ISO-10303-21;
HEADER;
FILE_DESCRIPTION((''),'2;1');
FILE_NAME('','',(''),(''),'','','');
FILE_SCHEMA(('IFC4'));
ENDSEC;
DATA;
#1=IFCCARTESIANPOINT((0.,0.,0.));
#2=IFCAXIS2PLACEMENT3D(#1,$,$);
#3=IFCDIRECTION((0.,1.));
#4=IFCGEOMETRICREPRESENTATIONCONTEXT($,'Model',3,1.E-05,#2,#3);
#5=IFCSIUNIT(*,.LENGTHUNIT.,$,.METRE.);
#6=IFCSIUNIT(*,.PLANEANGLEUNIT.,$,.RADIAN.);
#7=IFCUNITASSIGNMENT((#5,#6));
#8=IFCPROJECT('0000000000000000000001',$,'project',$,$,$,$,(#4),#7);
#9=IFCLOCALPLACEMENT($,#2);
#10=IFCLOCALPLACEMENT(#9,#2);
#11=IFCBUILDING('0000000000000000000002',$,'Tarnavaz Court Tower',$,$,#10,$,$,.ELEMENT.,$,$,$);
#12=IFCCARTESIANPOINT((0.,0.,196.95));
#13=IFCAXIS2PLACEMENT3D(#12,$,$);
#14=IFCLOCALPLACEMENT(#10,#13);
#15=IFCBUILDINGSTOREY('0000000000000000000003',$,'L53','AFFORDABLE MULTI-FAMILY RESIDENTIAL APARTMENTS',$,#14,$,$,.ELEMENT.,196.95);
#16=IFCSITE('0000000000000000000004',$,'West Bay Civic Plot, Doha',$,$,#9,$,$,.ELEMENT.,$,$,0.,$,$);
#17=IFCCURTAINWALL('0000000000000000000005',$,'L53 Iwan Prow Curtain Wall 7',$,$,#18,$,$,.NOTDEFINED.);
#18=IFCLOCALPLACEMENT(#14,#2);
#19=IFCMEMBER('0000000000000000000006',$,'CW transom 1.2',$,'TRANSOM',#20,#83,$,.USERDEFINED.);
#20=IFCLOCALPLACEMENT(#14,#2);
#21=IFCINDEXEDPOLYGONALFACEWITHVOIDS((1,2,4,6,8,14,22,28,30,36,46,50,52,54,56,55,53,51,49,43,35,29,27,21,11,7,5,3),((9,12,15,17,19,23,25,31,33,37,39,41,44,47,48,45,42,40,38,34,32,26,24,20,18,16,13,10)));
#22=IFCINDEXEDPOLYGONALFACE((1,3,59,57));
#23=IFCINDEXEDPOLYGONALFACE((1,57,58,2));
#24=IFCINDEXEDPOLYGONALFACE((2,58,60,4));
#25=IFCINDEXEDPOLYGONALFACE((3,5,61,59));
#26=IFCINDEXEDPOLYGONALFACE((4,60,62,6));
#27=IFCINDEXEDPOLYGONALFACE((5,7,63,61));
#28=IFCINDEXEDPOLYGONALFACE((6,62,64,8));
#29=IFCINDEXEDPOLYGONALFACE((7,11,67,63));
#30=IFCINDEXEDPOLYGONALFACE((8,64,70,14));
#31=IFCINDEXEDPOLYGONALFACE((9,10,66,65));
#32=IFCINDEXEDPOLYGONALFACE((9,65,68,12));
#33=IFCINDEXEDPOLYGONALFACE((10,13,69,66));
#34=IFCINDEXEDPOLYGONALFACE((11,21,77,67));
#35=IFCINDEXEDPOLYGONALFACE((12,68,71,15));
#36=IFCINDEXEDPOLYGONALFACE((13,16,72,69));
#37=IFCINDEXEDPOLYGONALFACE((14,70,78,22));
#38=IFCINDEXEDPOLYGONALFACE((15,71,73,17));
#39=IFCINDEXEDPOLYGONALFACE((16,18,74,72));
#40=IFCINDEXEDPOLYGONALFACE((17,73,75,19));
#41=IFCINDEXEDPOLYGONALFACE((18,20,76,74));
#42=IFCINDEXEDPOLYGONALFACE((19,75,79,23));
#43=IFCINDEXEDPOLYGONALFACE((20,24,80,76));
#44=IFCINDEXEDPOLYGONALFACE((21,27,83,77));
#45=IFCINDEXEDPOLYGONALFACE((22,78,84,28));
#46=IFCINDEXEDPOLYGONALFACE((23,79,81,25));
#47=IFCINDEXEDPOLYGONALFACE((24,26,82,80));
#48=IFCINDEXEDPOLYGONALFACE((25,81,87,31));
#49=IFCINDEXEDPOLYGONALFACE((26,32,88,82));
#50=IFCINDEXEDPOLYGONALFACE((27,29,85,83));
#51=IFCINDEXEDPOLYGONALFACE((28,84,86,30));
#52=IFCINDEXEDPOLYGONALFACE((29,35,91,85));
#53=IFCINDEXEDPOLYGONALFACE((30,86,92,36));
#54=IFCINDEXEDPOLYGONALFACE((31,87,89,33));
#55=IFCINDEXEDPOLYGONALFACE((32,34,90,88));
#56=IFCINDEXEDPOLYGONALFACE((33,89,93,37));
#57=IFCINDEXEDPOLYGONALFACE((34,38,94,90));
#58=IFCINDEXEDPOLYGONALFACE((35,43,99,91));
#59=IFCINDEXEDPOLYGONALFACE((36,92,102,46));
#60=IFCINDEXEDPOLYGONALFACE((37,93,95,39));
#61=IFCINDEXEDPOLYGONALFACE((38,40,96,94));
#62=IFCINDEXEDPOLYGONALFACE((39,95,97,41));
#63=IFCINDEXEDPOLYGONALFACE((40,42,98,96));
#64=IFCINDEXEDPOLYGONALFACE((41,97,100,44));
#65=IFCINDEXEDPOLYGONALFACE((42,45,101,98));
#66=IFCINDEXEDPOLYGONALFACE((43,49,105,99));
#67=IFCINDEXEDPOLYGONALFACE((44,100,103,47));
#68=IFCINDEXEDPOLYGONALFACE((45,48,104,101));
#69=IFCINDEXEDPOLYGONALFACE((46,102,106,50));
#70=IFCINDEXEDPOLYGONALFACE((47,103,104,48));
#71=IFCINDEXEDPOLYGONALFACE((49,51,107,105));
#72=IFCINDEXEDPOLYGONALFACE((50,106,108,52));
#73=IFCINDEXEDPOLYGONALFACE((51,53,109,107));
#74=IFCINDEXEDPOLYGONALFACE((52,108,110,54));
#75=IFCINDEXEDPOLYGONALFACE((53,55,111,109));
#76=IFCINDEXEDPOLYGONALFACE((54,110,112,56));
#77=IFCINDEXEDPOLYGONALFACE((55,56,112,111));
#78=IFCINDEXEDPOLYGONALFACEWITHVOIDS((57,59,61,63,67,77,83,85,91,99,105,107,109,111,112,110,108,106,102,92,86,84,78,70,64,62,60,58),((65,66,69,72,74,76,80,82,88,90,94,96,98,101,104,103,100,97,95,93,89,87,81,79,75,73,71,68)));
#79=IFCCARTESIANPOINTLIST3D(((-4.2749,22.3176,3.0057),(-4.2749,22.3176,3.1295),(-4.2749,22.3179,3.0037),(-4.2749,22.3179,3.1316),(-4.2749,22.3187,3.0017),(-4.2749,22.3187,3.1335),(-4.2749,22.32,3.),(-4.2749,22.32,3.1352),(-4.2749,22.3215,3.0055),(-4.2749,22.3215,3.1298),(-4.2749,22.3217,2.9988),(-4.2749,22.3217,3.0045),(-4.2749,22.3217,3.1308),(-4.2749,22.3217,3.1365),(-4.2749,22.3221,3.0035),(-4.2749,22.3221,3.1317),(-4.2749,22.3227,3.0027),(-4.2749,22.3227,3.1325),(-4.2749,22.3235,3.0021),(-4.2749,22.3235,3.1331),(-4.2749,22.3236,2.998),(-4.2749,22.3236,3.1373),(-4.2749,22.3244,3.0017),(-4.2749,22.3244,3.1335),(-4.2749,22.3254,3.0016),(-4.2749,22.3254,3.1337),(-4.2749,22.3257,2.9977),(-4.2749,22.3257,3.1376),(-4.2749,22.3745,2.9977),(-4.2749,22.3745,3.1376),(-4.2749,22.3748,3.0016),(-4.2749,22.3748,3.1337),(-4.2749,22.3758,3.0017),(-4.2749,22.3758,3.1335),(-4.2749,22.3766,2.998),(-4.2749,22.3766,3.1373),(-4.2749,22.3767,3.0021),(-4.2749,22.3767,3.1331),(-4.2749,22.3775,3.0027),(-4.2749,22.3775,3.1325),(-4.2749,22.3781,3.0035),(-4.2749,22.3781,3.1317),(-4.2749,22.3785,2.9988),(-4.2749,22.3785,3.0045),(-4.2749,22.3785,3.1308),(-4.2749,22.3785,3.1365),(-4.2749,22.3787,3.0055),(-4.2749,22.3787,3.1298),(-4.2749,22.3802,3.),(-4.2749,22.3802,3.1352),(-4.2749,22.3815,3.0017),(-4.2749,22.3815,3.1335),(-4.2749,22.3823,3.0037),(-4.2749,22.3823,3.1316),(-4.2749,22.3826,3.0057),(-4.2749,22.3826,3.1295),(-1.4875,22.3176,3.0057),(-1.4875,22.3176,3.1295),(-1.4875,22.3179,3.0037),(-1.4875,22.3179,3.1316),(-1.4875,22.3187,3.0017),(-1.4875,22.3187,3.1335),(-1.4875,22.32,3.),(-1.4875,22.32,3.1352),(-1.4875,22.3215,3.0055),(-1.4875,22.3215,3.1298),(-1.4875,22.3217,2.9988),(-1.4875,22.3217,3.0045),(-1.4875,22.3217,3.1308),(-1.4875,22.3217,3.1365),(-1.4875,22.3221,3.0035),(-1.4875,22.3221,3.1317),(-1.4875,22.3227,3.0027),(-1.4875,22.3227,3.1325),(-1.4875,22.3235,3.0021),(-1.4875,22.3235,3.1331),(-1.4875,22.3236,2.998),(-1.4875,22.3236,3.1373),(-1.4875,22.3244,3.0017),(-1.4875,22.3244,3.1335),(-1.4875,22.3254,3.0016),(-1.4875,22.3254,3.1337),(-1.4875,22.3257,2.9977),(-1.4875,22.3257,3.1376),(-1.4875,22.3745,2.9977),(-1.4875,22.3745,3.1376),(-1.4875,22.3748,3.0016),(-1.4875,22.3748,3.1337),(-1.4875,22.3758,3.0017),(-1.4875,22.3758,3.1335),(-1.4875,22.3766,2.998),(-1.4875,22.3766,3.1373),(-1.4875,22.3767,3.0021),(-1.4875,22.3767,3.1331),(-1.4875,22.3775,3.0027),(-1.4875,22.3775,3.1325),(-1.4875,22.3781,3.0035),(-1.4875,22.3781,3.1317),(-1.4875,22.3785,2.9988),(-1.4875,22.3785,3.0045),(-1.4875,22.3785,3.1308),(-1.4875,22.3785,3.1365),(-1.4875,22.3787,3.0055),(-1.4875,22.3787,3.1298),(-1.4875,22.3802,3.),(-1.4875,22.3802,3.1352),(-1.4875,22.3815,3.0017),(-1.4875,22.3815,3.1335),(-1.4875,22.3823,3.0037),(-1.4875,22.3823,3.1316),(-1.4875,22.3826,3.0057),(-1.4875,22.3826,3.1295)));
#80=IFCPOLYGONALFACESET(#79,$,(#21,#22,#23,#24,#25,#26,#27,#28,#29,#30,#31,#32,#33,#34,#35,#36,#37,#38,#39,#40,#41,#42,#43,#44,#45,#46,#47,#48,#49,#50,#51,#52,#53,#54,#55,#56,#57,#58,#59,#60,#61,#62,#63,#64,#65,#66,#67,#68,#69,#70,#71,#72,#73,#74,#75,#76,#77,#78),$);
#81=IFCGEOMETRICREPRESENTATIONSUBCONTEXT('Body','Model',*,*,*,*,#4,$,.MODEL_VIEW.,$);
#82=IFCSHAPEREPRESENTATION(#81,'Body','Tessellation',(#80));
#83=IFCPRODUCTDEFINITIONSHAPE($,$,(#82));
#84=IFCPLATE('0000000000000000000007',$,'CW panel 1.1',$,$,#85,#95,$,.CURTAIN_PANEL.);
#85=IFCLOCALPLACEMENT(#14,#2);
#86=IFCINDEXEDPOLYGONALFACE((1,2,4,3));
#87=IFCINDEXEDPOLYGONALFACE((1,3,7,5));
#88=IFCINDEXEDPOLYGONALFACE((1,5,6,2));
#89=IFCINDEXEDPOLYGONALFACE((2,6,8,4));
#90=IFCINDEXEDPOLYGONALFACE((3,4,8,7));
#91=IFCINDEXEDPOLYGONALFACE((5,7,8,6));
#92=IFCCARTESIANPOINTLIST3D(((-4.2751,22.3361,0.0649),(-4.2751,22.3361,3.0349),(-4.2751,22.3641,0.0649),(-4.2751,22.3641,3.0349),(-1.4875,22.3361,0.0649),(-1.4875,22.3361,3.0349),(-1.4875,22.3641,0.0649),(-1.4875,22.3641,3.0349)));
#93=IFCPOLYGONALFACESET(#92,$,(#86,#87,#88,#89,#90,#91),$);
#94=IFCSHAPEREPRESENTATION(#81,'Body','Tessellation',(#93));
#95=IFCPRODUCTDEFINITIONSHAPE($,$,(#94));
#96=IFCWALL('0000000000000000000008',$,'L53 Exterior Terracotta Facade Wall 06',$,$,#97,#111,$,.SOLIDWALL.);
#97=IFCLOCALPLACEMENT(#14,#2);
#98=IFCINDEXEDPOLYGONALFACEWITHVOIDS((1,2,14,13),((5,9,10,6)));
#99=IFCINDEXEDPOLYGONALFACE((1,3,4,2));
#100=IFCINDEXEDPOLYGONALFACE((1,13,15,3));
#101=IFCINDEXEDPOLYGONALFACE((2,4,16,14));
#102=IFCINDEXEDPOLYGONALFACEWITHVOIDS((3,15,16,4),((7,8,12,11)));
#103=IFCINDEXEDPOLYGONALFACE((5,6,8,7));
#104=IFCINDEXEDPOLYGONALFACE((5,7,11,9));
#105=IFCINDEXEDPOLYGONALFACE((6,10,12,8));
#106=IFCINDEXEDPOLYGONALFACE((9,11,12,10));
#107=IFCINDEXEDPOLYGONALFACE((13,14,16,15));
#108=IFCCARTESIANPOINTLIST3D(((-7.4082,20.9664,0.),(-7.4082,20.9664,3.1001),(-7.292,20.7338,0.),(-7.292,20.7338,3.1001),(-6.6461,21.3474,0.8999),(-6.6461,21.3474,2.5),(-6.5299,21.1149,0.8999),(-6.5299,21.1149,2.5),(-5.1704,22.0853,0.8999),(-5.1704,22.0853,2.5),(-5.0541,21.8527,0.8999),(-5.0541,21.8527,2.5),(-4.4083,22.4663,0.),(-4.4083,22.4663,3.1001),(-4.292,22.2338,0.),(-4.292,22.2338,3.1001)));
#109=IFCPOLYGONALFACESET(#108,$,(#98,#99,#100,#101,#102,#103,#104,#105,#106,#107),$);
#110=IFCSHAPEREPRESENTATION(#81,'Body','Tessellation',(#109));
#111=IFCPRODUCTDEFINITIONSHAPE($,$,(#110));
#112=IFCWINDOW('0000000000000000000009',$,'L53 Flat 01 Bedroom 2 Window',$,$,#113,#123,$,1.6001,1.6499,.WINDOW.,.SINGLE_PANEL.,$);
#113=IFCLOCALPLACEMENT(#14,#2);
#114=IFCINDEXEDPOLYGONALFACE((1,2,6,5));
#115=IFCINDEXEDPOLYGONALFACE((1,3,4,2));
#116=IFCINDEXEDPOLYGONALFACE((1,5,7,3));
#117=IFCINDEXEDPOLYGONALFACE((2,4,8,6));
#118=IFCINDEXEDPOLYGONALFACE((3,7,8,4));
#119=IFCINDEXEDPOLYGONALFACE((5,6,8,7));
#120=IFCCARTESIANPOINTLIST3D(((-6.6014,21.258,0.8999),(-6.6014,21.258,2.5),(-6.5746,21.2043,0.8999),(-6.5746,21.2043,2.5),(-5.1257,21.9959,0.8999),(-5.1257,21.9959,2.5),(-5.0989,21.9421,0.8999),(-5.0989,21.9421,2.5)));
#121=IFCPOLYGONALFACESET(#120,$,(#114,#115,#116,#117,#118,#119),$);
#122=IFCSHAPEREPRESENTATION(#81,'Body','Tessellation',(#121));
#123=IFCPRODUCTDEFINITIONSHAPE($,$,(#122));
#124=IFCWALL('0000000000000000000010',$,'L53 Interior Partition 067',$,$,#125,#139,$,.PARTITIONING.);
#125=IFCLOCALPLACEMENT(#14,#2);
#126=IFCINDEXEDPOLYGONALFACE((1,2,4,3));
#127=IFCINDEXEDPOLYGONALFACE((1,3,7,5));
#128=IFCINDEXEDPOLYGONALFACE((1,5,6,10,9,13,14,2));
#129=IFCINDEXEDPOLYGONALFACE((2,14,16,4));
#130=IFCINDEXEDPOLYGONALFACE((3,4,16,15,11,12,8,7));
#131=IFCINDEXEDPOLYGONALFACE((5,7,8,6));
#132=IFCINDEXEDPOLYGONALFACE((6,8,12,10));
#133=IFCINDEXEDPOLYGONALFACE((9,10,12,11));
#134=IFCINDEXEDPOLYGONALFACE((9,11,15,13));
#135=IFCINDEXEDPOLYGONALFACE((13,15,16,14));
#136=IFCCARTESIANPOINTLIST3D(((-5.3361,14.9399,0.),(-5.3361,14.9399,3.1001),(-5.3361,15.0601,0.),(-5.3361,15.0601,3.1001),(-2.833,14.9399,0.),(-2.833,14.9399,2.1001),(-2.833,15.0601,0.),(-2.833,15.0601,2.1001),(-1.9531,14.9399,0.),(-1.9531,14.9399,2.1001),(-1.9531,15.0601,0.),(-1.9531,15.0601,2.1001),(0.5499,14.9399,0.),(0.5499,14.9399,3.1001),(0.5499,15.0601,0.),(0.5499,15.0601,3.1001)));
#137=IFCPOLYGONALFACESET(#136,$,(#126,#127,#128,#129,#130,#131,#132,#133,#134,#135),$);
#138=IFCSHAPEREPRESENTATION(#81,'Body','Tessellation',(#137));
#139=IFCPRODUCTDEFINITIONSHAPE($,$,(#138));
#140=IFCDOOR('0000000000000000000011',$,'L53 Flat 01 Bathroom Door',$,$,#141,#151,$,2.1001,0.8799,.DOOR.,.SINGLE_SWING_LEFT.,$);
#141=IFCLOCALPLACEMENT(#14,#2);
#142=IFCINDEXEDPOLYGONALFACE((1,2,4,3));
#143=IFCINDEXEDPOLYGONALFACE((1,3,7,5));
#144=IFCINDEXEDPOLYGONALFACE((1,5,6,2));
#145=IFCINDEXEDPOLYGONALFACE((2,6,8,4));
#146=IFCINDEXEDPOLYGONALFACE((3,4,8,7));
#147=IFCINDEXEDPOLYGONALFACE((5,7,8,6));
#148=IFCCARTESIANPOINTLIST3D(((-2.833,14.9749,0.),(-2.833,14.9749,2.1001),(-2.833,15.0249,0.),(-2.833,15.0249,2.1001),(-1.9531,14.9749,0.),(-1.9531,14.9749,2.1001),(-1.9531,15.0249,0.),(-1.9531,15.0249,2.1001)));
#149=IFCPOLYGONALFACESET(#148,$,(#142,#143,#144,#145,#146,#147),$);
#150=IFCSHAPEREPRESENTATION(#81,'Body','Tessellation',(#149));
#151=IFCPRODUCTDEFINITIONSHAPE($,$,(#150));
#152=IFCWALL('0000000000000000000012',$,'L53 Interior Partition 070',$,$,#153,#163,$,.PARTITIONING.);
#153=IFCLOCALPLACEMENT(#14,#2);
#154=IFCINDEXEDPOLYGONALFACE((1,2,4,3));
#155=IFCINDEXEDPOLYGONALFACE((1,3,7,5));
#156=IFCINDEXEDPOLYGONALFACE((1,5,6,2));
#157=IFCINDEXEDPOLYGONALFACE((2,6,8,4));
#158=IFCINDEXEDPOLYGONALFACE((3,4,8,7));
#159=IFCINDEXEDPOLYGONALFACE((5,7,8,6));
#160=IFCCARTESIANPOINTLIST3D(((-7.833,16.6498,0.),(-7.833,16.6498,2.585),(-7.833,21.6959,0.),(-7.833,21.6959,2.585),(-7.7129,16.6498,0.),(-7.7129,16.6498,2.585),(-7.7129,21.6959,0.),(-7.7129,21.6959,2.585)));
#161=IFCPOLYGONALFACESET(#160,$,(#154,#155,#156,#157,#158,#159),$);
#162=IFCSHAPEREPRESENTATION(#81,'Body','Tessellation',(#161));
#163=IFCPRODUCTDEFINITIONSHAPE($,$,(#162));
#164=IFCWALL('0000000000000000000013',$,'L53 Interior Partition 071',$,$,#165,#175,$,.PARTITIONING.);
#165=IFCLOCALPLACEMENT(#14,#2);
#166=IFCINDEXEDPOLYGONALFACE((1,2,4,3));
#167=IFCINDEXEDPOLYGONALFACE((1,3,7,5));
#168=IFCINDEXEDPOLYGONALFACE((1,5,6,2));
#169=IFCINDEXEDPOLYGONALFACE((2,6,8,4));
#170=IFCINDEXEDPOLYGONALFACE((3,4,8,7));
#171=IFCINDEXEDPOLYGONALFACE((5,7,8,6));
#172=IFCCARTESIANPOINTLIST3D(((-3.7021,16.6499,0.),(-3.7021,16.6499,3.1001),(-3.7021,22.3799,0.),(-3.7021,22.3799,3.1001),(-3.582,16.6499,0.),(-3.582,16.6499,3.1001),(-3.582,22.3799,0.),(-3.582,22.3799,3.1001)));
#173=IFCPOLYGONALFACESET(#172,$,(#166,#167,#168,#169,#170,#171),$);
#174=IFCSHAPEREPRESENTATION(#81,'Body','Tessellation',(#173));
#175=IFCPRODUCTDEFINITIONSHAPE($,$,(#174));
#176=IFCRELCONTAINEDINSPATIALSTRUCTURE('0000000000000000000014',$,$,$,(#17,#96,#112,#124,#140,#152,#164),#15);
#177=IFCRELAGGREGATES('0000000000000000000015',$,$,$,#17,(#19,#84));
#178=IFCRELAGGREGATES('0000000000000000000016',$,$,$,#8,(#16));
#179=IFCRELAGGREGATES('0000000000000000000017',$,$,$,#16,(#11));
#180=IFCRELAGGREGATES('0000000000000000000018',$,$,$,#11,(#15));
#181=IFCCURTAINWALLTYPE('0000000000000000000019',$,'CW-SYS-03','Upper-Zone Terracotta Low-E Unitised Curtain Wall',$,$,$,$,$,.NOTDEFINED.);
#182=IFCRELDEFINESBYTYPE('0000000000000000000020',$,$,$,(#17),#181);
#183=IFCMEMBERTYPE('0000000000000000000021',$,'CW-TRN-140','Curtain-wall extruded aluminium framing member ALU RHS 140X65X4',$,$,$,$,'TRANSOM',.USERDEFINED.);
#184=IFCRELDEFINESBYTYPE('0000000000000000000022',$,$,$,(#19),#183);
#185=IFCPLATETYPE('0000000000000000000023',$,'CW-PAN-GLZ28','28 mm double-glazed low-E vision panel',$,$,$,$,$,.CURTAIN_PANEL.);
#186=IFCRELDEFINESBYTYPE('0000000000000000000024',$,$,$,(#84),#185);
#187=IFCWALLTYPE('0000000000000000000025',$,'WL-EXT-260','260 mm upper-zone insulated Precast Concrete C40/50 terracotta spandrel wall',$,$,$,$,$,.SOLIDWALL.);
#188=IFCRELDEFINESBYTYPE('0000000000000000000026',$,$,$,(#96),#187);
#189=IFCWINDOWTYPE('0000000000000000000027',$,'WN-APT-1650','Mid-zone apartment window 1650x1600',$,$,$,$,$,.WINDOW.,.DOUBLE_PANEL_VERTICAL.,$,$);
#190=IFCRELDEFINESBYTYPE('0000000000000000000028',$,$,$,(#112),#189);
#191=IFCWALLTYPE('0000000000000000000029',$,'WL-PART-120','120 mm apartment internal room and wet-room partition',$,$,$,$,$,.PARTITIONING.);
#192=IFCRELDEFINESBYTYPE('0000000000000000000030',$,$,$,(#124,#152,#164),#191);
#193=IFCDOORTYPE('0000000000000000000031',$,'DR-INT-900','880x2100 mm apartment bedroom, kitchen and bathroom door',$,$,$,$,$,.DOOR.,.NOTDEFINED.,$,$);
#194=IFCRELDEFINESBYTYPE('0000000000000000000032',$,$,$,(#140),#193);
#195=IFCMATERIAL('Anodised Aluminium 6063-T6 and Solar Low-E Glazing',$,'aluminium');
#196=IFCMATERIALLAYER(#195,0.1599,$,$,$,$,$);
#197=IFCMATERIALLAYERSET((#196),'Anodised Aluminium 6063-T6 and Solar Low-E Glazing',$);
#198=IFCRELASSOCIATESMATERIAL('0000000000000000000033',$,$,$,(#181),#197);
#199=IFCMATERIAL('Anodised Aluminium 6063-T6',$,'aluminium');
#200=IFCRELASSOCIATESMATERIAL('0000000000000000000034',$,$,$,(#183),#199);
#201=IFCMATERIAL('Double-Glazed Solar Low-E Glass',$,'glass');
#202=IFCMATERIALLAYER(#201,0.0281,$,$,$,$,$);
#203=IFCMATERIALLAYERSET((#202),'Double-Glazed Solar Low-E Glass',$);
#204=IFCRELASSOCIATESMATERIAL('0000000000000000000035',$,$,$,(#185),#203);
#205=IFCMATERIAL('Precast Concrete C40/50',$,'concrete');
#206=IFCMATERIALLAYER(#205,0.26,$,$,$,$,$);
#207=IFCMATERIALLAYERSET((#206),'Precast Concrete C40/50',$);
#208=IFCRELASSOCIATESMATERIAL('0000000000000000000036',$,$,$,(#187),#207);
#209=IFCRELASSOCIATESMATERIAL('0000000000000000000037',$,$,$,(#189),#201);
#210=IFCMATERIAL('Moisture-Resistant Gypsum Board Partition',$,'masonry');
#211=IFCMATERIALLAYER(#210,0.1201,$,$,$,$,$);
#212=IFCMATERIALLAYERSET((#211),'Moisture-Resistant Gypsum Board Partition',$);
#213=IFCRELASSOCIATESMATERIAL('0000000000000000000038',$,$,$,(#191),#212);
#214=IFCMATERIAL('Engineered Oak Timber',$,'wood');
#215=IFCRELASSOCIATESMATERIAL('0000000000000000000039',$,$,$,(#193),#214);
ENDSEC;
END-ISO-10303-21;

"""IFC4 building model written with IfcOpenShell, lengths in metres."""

from ifc_helpers import new_model, si_unit, direction, frame, frame_2d, origin, origin_2d, place, context, subcontext, project, spatial, rectangle, hollow_rectangle, extrude, material, layer, layer_set, material_profile, profile_set, type_object, element, fill, aggregate, save


model = new_model("IFC4")

# Units and contexts
model_context = context("Model", 3, precision=1e-05, world=origin(), true_north=direction((0.0, 1.0)))
body_context = subcontext(model_context, "Body", "Model", "MODEL_VIEW")
ifc_project = project(units=[si_unit("LENGTHUNIT", "METRE"), si_unit("PLANEANGLEUNIT", "RADIAN")], contexts=[model_context])

# Site, building, storey
site_placement = place(None, origin())
site = spatial("IfcSite", under=ifc_project, at=site_placement, Name="West Bay Civic Plot, Doha", CompositionType="ELEMENT", RefElevation=0.0)
building_placement = place(site_placement, origin())
building = spatial("IfcBuilding", under=site, at=building_placement, Name="Tarnavaz Court Tower", CompositionType="ELEMENT")
storey_placement = place(building_placement, frame((0.0, 0.0, 196.95)))
storey = spatial("IfcBuildingStorey", under=building, at=storey_placement, Name="L53", Description="AFFORDABLE MULTI-FAMILY RESIDENTIAL APARTMENTS", CompositionType="ELEMENT", Elevation=196.95)

# Curtain wall, member, plate
ifc_material_1 = material(Name="Anodised Aluminium 6063-T6 and Solar Low-E Glazing", Category="aluminium")
ifc_layer_1 = layer(ifc_material_1, 0.1599)
ifc_layer_set_1 = layer_set([ifc_layer_1], Name="Anodised Aluminium 6063-T6 and Solar Low-E Glazing")
curtain_wall_type = type_object("IfcCurtainWallType", Name="CW-SYS-03", Description="Upper-Zone Terracotta Low-E Unitised Curtain Wall", PredefinedType="NOTDEFINED", material=ifc_layer_set_1)
curtain_wall_placement = place(storey_placement, origin())
curtain_wall = element("IfcCurtainWall", 1, at=curtain_wall_placement, inside=storey, type_object=curtain_wall_type, Name="L53 Iwan Prow Curtain Wall 7", PredefinedType="NOTDEFINED")
ifc_material_2 = material(Name="Anodised Aluminium 6063-T6", Category="aluminium")
ifc_material_profile_1 = material_profile(ifc_material_2, hollow_rectangle(XDim=0.0649, YDim=0.1399, WallThickness=0.0039, InnerFilletRadius=0.0039, OuterFilletRadius=0.0081, at=origin_2d()), Name="ALU RHS 140X65X4")
ifc_profile_set_1 = profile_set([ifc_material_profile_1], Name="Anodised Aluminium 6063-T6")
member_type_1 = type_object("IfcMemberType", Name="CW-TRN-140", Description="Curtain-wall extruded aluminium framing member ALU RHS 140X65X4", ElementType="TRANSOM", PredefinedType="USERDEFINED", material=ifc_profile_set_1)
member_1_placement = place(storey_placement, frame((-4.2749, 22.3501, 3.0676), z_axis=(1.0, 0.0, 0.0), x_axis=(0.0, 1.0, 0.0)))
member_1 = element("IfcMember", 2, at=member_1_placement, type_object=member_type_1, Name="CW transom 1.2", ObjectType="TRANSOM", PredefinedType="USERDEFINED", context=body_context, shape_type="SweptSolid", body=[
    extrude(hollow_rectangle(XDim=0.0649, YDim=0.1399, WallThickness=0.0039, InnerFilletRadius=0.0039, OuterFilletRadius=0.0081, at=origin_2d()), origin(), (0.0, 0.0, 1.0), 2.7874),
])
ifc_material_3 = material(Name="Double-Glazed Solar Low-E Glass", Category="glass")
ifc_layer_2 = layer(ifc_material_3, 0.0281)
ifc_layer_set_2 = layer_set([ifc_layer_2], Name="Double-Glazed Solar Low-E Glass")
plate_type = type_object("IfcPlateType", Name="CW-PAN-GLZ28", Description="28 mm double-glazed low-E vision panel", PredefinedType="CURTAIN_PANEL", material=ifc_layer_set_2)
plate_placement = place(storey_placement, frame((-2.8813, 22.3501, 0.0649), z_axis=(0.0, 0.0, 1.0), x_axis=(1.0, 0.0, 0.0)))
plate = element("IfcPlate", 3, at=plate_placement, type_object=plate_type, Name="CW panel 1.1", PredefinedType="CURTAIN_PANEL", context=body_context, shape_type="SweptSolid", body=[
    extrude(rectangle(XDim=2.7876, YDim=0.0281, at=origin_2d()), origin(), (0.0, 0.0, 1.0), 2.97),
])
aggregate(curtain_wall, [member_1, plate])

# Wall, opening, window
ifc_material_4 = material(Name="Precast Concrete C40/50", Category="concrete")
ifc_layer_3 = layer(ifc_material_4, 0.26)
ifc_layer_set_3 = layer_set([ifc_layer_3], Name="Precast Concrete C40/50")
wall_type_1 = type_object("IfcWallType", Name="WL-EXT-260", Description="260 mm upper-zone insulated Precast Concrete C40/50 terracotta spandrel wall", PredefinedType="SOLIDWALL", material=ifc_layer_set_3)
wall_1_placement = place(storey_placement, frame((-7.3501, 20.8501, 0.0), z_axis=(0.0, 0.0, 1.0), x_axis=(0.894427, 0.447214, 0.0)))
wall_1 = element("IfcWall", 4, at=wall_1_placement, inside=storey, type_object=wall_type_1, Name="L53 Exterior Terracotta Facade Wall 06", PredefinedType="SOLIDWALL", context=body_context, shape_type="SweptSolid", body=[
    extrude(rectangle(XDim=3.354, YDim=0.26, at=frame_2d((1.677, 0.0))), origin(), (0.0, 0.0, 1.0), 3.1001),
])
opening_1_placement = place(wall_1_placement, frame((0.8521, 0.0, 0.8999)))
opening_1 = element("IfcOpeningElement", 5, at=opening_1_placement, cuts=wall_1, PredefinedType="OPENING", context=body_context, shape_type="SweptSolid", body=[
    extrude(rectangle(XDim=1.6499, YDim=1.6001, at=frame_2d((0.825, 0.8))), frame((0.0, 0.1399, 0.0), z_axis=(0.0, -1.0, 0.0), x_axis=(1.0, 0.0, 0.0)), (0.0, 0.0, 1.0), 0.28),
])
window_type = type_object("IfcWindowType", Name="WN-APT-1650", Description="Mid-zone apartment window 1650x1600", PartitioningType="DOUBLE_PANEL_VERTICAL", PredefinedType="WINDOW", material=ifc_material_3)
window_placement = place(opening_1_placement, origin())
window = element("IfcWindow", 6, at=window_placement, inside=storey, type_object=window_type, Name="L53 Flat 01 Bedroom 2 Window", OverallHeight=1.6001, OverallWidth=1.6499, PartitioningType="SINGLE_PANEL", PredefinedType="WINDOW", context=body_context, shape_type="SweptSolid", body=[
    extrude(rectangle(XDim=1.6499, YDim=1.6001, at=frame_2d((0.825, 0.8))), frame((0.0, 0.03, 0.0), z_axis=(0.0, -1.0, 0.0), x_axis=(1.0, 0.0, 0.0)), (0.0, 0.0, 1.0), 0.0601),
])
fill(opening_1, window)

# Wall, opening, door
ifc_material_5 = material(Name="Moisture-Resistant Gypsum Board Partition", Category="masonry")
ifc_layer_4 = layer(ifc_material_5, 0.1201)
ifc_layer_set_4 = layer_set([ifc_layer_4], Name="Moisture-Resistant Gypsum Board Partition")
wall_type_2 = type_object("IfcWallType", Name="WL-PART-120", Description="120 mm apartment internal room and wet-room partition", PredefinedType="PARTITIONING", material=ifc_layer_set_4)
wall_2_placement = place(storey_placement, frame((-5.3359, 15.0, 0.0), z_axis=(0.0, 0.0, 1.0), x_axis=(1.0, 0.0, 0.0)))
wall_2 = element("IfcWall", 7, at=wall_2_placement, inside=storey, type_object=wall_type_2, Name="L53 Interior Partition 067", PredefinedType="PARTITIONING", context=body_context, shape_type="SweptSolid", body=[
    extrude(rectangle(XDim=5.886, YDim=0.1201, at=frame_2d((2.9429, 0.0))), origin(), (0.0, 0.0, 1.0), 3.1001),
])
opening_2_placement = place(wall_2_placement, frame((2.5029, 0.0, 0.0)))
opening_2 = element("IfcOpeningElement", 8, at=opening_2_placement, cuts=wall_2, PredefinedType="OPENING", context=body_context, shape_type="SweptSolid", body=[
    extrude(rectangle(XDim=0.8799, YDim=2.1001, at=frame_2d((0.4399, 1.05))), frame((0.0, 0.0701, 0.0), z_axis=(0.0, -1.0, 0.0), x_axis=(1.0, 0.0, 0.0)), (0.0, 0.0, 1.0), 0.1401),
])
ifc_material_6 = material(Name="Engineered Oak Timber", Category="wood")
door_type = type_object("IfcDoorType", Name="DR-INT-900", Description="880x2100 mm apartment bedroom, kitchen and bathroom door", OperationType="NOTDEFINED", PredefinedType="DOOR", material=ifc_material_6)
door_placement = place(opening_2_placement, origin())
door = element("IfcDoor", 9, at=door_placement, inside=storey, type_object=door_type, Name="L53 Flat 01 Bathroom Door", OperationType="SINGLE_SWING_LEFT", OverallHeight=2.1001, OverallWidth=0.8799, PredefinedType="DOOR", context=body_context, shape_type="SweptSolid", body=[
    extrude(rectangle(XDim=0.8799, YDim=2.1001, at=frame_2d((0.4399, 1.05))), frame((0.0, 0.0249, 0.0), z_axis=(0.0, -1.0, 0.0), x_axis=(1.0, 0.0, 0.0)), (0.0, 0.0, 1.0), 0.05),
])
fill(opening_2, door)

# Walls
wall_3_placement = place(storey_placement, frame((-7.7729, 16.6499, 0.0), z_axis=(0.0, 0.0, 1.0), x_axis=(0.0, 1.0, 0.0)))
element("IfcWall", 10, at=wall_3_placement, inside=storey, type_object=wall_type_2, Name="L53 Interior Partition 070", PredefinedType="PARTITIONING", context=body_context, shape_type="SweptSolid", body=[
    extrude(rectangle(XDim=5.0461, YDim=0.1201, at=frame_2d((2.5229, 0.0))), origin(), (0.0, 0.0, 1.0), 2.585),
])
wall_4_placement = place(storey_placement, frame((-3.6421, 16.6499, 0.0), z_axis=(0.0, 0.0, 1.0), x_axis=(0.0, 1.0, 0.0)))
element("IfcWall", 11, at=wall_4_placement, inside=storey, type_object=wall_type_2, Name="L53 Interior Partition 071", PredefinedType="PARTITIONING", context=body_context, shape_type="SweptSolid", body=[
    extrude(rectangle(XDim=5.73, YDim=0.1201, at=frame_2d((2.865, 0.0))), origin(), (0.0, 0.0, 1.0), 3.1001),
])

save(model, "model.ifc")
